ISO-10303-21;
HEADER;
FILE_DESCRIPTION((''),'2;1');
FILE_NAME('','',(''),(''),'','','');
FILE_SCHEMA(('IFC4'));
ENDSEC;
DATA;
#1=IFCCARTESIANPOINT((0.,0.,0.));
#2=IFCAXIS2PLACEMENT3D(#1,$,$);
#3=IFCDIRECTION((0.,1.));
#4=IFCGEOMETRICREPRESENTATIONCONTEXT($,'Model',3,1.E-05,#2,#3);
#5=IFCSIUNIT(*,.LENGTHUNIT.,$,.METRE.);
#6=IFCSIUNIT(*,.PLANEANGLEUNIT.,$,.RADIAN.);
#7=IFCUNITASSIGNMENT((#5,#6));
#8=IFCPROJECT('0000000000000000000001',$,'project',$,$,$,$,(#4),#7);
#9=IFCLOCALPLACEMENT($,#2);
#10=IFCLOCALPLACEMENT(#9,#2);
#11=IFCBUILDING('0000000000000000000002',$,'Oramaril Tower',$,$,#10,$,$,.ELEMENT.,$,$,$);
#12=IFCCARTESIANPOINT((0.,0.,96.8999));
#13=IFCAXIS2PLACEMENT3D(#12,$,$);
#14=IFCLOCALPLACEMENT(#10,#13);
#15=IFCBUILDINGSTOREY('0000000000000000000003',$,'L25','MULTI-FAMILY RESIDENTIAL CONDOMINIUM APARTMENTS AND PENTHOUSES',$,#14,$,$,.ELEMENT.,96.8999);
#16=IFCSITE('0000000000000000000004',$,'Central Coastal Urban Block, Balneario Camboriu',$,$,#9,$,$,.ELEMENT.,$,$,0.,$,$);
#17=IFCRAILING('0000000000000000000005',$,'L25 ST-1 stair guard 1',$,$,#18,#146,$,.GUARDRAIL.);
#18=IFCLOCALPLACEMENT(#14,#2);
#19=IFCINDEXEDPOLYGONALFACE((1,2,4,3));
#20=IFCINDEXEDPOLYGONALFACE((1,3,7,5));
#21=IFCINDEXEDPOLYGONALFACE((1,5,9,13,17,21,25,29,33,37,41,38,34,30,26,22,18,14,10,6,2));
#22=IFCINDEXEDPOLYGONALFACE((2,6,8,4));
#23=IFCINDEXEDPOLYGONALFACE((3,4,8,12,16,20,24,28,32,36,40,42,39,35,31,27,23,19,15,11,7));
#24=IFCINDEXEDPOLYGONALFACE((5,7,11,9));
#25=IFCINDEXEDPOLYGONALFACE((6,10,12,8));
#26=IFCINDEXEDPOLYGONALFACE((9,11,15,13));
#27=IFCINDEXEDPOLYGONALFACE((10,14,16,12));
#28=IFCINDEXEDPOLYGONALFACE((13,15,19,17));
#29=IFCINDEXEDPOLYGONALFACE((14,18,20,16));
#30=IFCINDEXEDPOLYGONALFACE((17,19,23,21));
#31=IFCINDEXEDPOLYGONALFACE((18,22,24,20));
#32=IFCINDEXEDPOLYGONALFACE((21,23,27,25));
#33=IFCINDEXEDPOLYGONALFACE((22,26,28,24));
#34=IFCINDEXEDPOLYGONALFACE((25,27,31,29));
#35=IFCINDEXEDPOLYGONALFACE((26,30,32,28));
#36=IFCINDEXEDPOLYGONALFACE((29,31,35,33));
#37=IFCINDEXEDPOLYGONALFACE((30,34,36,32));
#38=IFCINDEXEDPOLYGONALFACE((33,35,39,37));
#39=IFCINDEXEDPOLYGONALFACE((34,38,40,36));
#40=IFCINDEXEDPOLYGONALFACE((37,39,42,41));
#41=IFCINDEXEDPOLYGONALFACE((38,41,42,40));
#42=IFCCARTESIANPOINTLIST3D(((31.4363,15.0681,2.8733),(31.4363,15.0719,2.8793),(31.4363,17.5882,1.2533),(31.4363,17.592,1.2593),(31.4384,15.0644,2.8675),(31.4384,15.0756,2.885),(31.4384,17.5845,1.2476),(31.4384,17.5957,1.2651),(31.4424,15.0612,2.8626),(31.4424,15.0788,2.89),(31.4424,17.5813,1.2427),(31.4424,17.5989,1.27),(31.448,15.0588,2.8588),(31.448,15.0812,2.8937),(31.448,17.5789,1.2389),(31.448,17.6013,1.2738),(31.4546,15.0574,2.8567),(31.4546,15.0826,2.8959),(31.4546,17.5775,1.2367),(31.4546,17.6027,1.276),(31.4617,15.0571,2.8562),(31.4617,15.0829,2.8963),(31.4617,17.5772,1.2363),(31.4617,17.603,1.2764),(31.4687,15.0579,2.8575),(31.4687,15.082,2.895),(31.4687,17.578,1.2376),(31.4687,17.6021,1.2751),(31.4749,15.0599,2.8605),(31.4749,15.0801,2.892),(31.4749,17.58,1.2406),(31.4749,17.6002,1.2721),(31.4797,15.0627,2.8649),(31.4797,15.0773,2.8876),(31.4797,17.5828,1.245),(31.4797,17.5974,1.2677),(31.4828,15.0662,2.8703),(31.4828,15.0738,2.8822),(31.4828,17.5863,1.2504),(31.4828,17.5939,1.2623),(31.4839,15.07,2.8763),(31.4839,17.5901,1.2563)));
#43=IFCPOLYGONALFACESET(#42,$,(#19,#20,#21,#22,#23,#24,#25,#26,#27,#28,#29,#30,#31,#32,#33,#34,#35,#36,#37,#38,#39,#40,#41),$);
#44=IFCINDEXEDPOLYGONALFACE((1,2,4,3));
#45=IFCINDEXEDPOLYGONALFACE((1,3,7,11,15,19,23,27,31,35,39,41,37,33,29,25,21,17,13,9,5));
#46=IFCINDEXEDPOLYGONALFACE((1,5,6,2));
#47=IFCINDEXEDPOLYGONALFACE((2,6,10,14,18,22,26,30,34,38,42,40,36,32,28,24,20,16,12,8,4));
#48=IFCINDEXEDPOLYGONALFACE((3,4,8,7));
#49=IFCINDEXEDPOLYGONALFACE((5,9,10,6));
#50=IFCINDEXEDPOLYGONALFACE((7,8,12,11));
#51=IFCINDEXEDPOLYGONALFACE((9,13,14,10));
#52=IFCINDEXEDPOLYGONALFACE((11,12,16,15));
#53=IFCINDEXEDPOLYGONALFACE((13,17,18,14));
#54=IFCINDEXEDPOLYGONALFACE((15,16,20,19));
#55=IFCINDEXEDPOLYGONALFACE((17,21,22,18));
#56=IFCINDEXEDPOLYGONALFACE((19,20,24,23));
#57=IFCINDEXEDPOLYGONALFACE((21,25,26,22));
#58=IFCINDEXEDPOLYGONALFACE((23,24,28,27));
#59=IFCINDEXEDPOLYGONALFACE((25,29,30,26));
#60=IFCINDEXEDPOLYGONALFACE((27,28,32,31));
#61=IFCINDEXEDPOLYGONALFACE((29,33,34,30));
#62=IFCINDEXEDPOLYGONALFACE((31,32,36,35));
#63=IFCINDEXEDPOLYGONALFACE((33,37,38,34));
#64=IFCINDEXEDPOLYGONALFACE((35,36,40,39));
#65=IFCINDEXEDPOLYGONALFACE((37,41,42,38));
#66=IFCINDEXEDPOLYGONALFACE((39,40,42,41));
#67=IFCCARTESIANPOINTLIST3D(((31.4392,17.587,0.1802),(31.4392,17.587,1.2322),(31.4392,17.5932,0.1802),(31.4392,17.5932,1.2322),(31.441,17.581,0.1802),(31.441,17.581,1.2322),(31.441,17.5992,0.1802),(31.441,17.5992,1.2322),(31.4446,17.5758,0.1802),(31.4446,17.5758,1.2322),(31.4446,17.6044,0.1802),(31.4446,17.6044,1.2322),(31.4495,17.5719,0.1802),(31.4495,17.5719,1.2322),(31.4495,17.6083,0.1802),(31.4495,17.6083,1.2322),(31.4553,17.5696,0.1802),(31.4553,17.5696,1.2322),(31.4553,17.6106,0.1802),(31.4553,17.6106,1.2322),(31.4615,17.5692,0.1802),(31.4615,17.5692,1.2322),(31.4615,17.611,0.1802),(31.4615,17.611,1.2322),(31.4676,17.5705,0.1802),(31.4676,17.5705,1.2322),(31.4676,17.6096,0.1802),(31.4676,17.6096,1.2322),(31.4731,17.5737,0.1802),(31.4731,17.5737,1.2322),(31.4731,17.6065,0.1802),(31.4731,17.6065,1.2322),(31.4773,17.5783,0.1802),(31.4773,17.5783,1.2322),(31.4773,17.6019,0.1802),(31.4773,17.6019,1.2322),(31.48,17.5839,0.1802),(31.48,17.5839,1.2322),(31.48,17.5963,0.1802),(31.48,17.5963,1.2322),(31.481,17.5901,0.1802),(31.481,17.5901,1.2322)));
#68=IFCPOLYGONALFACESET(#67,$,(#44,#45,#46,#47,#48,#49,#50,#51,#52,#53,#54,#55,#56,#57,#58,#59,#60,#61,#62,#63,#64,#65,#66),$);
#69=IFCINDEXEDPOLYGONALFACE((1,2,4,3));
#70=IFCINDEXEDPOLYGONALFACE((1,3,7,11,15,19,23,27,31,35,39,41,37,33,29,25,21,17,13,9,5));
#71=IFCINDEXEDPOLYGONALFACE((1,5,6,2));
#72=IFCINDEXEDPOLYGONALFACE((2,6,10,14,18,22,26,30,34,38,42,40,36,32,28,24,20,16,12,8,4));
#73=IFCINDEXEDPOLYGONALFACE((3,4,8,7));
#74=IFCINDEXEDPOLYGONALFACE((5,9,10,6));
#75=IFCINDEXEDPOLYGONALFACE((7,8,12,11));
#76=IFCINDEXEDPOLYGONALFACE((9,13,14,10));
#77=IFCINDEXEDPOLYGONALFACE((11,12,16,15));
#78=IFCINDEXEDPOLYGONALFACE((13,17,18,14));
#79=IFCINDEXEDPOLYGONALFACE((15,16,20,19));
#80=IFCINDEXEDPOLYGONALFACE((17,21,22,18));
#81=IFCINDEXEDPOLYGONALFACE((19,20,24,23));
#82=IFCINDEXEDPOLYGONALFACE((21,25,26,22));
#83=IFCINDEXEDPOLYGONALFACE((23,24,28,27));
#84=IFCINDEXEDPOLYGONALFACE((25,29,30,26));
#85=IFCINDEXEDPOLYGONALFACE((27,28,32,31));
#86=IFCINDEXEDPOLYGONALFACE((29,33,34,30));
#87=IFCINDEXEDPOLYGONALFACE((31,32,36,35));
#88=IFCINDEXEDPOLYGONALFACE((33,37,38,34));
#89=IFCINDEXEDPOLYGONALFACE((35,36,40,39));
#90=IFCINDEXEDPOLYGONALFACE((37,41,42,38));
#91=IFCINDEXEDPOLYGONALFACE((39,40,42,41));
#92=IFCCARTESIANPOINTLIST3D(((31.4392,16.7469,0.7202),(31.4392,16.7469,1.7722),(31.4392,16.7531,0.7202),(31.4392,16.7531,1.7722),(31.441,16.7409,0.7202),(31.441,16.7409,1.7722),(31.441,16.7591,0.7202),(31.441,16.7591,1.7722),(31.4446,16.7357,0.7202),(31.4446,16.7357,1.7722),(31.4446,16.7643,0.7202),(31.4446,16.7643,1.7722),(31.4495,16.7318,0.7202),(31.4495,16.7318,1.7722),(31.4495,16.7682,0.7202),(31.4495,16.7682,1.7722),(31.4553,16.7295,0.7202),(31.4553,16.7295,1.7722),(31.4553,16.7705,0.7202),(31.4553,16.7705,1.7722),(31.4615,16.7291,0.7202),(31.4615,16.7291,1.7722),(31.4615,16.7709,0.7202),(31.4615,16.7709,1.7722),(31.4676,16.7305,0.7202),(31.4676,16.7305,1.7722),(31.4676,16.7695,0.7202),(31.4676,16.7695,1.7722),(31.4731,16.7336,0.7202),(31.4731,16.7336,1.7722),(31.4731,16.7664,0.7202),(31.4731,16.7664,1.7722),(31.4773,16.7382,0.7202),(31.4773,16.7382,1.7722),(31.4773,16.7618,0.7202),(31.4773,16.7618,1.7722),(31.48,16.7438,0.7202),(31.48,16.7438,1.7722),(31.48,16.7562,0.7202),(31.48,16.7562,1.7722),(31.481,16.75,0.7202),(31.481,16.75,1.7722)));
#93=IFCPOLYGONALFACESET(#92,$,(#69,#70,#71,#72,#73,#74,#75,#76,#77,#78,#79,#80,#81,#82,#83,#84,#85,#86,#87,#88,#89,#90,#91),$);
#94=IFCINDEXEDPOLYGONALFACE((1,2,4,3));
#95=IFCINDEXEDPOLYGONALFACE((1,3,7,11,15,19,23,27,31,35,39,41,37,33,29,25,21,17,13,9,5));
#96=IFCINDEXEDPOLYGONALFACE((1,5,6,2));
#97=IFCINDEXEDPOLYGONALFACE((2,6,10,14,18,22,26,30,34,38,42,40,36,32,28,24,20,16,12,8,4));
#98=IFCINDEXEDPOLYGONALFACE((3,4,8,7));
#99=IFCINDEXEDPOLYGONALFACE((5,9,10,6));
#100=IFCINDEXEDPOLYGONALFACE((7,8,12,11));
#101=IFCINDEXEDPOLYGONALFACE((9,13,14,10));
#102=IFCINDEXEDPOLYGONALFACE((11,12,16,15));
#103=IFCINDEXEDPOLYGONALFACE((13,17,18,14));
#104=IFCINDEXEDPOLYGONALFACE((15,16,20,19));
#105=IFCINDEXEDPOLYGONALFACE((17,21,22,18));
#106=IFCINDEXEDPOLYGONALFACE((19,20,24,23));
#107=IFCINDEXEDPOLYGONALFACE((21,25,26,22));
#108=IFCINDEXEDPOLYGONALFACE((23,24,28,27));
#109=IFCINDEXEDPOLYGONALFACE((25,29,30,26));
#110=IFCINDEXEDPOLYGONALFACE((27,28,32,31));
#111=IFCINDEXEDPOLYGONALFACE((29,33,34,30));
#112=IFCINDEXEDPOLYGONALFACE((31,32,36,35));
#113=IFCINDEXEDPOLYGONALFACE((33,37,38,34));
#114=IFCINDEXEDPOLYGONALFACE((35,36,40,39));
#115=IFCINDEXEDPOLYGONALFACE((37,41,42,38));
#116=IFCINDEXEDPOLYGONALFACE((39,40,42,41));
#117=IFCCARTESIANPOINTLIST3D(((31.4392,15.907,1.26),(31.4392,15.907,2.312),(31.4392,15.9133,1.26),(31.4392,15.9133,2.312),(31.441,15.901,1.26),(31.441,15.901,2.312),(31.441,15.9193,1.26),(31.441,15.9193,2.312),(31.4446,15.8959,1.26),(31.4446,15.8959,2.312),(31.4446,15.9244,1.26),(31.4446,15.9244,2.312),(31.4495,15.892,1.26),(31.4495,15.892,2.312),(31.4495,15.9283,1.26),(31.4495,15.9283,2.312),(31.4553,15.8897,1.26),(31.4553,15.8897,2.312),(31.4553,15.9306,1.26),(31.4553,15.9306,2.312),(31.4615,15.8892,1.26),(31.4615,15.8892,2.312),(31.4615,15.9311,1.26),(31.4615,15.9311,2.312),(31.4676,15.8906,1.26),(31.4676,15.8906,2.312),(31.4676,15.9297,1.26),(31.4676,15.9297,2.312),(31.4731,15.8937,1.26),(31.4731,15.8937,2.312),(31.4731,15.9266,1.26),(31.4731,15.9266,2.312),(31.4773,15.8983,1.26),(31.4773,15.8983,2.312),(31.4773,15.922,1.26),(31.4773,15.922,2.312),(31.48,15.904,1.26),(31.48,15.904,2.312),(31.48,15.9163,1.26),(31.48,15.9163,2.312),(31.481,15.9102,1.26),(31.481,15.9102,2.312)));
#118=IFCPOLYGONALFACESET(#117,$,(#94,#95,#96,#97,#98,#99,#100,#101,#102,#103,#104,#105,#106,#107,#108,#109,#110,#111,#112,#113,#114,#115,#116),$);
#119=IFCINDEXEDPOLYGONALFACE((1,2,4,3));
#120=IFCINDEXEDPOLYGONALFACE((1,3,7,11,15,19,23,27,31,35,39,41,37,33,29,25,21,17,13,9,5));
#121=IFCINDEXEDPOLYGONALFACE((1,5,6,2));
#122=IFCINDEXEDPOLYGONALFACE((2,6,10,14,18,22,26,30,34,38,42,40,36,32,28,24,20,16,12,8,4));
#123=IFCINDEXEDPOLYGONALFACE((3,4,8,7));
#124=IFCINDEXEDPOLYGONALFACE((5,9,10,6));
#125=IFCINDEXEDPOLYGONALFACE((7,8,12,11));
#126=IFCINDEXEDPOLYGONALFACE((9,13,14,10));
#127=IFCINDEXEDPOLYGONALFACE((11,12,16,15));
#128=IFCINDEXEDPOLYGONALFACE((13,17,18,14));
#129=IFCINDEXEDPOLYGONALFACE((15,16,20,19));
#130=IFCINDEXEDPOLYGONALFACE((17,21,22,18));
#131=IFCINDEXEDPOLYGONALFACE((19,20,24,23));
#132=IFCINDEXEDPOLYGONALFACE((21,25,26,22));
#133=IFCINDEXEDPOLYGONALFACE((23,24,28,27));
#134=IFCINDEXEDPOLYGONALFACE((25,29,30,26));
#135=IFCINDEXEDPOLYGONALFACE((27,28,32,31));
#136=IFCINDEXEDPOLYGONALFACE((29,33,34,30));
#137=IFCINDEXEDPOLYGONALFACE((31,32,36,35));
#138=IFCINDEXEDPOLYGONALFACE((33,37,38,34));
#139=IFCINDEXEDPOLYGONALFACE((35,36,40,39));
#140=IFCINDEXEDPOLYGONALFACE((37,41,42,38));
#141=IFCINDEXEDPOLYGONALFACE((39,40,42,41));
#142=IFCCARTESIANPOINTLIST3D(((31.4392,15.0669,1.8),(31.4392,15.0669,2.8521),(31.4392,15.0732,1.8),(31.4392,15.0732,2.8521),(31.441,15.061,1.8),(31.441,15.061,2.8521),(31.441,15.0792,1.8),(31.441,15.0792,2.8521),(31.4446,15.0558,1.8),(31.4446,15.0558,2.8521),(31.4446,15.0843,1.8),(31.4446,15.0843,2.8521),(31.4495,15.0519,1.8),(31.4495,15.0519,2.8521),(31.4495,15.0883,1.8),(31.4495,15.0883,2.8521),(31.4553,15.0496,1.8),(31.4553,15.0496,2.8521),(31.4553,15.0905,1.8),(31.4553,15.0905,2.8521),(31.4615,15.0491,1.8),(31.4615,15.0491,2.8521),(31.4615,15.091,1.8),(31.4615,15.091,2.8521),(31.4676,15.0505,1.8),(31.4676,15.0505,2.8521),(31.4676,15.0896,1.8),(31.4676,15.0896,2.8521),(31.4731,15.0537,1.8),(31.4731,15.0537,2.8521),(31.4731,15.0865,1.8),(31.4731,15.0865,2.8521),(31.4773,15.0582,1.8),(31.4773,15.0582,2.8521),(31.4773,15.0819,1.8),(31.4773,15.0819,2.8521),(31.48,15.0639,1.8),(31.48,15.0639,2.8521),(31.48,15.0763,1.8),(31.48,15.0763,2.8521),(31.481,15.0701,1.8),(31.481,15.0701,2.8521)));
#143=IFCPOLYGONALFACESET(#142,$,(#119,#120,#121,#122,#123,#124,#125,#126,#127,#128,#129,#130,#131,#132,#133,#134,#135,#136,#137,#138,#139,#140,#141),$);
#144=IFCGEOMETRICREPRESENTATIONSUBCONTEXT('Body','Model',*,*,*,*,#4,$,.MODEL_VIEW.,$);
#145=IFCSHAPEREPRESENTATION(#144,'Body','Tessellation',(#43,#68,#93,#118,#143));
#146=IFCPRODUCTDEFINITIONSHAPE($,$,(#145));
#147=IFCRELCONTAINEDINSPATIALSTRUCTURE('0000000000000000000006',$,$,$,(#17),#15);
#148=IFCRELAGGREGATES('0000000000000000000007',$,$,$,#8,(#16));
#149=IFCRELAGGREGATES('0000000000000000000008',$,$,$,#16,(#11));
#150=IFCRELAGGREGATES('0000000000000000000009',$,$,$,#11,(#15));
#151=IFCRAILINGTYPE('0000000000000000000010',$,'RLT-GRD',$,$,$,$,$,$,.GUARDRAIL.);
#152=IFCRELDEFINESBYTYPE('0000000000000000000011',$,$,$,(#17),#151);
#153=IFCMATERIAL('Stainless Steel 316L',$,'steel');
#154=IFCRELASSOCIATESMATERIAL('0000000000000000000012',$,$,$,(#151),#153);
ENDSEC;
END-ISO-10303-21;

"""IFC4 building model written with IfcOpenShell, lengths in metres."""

from ifc_helpers import new_model, si_unit, direction, frame, origin, origin_2d, place, context, subcontext, project, spatial, circle, extrude, material, type_object, element, save


model = new_model("IFC4")

# Units and contexts
model_context = context("Model", 3, precision=1e-05, world=origin(), true_north=direction((0.0, 1.0)))
body_context = subcontext(model_context, "Body", "Model", "MODEL_VIEW")
ifc_project = project(units=[si_unit("LENGTHUNIT", "METRE"), si_unit("PLANEANGLEUNIT", "RADIAN")], contexts=[model_context])

# Site, building, storey
site_placement = place(None, origin())
site = spatial("IfcSite", under=ifc_project, at=site_placement, Name="Central Coastal Urban Block, Balneario Camboriu", CompositionType="ELEMENT", RefElevation=0.0)
building_placement = place(site_placement, origin())
building = spatial("IfcBuilding", under=site, at=building_placement, Name="Oramaril Tower", CompositionType="ELEMENT")
storey_placement = place(building_placement, frame((0.0, 0.0, 96.8999)))
storey = spatial("IfcBuildingStorey", under=building, at=storey_placement, Name="L25", Description="MULTI-FAMILY RESIDENTIAL CONDOMINIUM APARTMENTS AND PENTHOUSES", CompositionType="ELEMENT", Elevation=96.8999)

# Railing
ifc_material_1 = material(Name="Stainless Steel 316L", Category="steel")
railing_type_1 = type_object("IfcRailingType", Name="RLT-GRD", PredefinedType="GUARDRAIL", material=ifc_material_1)
railing_1_placement = place(storey_placement, frame((31.46, 17.5901, 0.1802)))
element("IfcRailing", 1, at=railing_1_placement, inside=storey, type_object=railing_type_1, Name="L25 ST-1 stair guard 1", PredefinedType="GUARDRAIL", context=body_context, shape_type="SweptSolid", body=[
    extrude(circle(Radius=0.0239, at=origin_2d()), frame((0.0, 0.0, 1.0762), z_axis=(0.0, -0.8412, 0.540725), x_axis=(1.0, 0.0, 0.0)), (0.0, 0.0, 1.0), 2.9958),
    extrude(circle(Radius=0.021, at=origin_2d()), origin(), (0.0, 0.0, 1.0), 1.052),
    extrude(circle(Radius=0.021, at=origin_2d()), frame((0.0, -0.8401, 0.54)), (0.0, 0.0, 1.0), 1.052),
    extrude(circle(Radius=0.021, at=origin_2d()), frame((0.0, -1.6799, 1.0798)), (0.0, 0.0, 1.0), 1.052),
    extrude(circle(Radius=0.021, at=origin_2d()), frame((0.0, -2.52, 1.6199)), (0.0, 0.0, 1.0), 1.052),
])

save(model, "model.ifc")
